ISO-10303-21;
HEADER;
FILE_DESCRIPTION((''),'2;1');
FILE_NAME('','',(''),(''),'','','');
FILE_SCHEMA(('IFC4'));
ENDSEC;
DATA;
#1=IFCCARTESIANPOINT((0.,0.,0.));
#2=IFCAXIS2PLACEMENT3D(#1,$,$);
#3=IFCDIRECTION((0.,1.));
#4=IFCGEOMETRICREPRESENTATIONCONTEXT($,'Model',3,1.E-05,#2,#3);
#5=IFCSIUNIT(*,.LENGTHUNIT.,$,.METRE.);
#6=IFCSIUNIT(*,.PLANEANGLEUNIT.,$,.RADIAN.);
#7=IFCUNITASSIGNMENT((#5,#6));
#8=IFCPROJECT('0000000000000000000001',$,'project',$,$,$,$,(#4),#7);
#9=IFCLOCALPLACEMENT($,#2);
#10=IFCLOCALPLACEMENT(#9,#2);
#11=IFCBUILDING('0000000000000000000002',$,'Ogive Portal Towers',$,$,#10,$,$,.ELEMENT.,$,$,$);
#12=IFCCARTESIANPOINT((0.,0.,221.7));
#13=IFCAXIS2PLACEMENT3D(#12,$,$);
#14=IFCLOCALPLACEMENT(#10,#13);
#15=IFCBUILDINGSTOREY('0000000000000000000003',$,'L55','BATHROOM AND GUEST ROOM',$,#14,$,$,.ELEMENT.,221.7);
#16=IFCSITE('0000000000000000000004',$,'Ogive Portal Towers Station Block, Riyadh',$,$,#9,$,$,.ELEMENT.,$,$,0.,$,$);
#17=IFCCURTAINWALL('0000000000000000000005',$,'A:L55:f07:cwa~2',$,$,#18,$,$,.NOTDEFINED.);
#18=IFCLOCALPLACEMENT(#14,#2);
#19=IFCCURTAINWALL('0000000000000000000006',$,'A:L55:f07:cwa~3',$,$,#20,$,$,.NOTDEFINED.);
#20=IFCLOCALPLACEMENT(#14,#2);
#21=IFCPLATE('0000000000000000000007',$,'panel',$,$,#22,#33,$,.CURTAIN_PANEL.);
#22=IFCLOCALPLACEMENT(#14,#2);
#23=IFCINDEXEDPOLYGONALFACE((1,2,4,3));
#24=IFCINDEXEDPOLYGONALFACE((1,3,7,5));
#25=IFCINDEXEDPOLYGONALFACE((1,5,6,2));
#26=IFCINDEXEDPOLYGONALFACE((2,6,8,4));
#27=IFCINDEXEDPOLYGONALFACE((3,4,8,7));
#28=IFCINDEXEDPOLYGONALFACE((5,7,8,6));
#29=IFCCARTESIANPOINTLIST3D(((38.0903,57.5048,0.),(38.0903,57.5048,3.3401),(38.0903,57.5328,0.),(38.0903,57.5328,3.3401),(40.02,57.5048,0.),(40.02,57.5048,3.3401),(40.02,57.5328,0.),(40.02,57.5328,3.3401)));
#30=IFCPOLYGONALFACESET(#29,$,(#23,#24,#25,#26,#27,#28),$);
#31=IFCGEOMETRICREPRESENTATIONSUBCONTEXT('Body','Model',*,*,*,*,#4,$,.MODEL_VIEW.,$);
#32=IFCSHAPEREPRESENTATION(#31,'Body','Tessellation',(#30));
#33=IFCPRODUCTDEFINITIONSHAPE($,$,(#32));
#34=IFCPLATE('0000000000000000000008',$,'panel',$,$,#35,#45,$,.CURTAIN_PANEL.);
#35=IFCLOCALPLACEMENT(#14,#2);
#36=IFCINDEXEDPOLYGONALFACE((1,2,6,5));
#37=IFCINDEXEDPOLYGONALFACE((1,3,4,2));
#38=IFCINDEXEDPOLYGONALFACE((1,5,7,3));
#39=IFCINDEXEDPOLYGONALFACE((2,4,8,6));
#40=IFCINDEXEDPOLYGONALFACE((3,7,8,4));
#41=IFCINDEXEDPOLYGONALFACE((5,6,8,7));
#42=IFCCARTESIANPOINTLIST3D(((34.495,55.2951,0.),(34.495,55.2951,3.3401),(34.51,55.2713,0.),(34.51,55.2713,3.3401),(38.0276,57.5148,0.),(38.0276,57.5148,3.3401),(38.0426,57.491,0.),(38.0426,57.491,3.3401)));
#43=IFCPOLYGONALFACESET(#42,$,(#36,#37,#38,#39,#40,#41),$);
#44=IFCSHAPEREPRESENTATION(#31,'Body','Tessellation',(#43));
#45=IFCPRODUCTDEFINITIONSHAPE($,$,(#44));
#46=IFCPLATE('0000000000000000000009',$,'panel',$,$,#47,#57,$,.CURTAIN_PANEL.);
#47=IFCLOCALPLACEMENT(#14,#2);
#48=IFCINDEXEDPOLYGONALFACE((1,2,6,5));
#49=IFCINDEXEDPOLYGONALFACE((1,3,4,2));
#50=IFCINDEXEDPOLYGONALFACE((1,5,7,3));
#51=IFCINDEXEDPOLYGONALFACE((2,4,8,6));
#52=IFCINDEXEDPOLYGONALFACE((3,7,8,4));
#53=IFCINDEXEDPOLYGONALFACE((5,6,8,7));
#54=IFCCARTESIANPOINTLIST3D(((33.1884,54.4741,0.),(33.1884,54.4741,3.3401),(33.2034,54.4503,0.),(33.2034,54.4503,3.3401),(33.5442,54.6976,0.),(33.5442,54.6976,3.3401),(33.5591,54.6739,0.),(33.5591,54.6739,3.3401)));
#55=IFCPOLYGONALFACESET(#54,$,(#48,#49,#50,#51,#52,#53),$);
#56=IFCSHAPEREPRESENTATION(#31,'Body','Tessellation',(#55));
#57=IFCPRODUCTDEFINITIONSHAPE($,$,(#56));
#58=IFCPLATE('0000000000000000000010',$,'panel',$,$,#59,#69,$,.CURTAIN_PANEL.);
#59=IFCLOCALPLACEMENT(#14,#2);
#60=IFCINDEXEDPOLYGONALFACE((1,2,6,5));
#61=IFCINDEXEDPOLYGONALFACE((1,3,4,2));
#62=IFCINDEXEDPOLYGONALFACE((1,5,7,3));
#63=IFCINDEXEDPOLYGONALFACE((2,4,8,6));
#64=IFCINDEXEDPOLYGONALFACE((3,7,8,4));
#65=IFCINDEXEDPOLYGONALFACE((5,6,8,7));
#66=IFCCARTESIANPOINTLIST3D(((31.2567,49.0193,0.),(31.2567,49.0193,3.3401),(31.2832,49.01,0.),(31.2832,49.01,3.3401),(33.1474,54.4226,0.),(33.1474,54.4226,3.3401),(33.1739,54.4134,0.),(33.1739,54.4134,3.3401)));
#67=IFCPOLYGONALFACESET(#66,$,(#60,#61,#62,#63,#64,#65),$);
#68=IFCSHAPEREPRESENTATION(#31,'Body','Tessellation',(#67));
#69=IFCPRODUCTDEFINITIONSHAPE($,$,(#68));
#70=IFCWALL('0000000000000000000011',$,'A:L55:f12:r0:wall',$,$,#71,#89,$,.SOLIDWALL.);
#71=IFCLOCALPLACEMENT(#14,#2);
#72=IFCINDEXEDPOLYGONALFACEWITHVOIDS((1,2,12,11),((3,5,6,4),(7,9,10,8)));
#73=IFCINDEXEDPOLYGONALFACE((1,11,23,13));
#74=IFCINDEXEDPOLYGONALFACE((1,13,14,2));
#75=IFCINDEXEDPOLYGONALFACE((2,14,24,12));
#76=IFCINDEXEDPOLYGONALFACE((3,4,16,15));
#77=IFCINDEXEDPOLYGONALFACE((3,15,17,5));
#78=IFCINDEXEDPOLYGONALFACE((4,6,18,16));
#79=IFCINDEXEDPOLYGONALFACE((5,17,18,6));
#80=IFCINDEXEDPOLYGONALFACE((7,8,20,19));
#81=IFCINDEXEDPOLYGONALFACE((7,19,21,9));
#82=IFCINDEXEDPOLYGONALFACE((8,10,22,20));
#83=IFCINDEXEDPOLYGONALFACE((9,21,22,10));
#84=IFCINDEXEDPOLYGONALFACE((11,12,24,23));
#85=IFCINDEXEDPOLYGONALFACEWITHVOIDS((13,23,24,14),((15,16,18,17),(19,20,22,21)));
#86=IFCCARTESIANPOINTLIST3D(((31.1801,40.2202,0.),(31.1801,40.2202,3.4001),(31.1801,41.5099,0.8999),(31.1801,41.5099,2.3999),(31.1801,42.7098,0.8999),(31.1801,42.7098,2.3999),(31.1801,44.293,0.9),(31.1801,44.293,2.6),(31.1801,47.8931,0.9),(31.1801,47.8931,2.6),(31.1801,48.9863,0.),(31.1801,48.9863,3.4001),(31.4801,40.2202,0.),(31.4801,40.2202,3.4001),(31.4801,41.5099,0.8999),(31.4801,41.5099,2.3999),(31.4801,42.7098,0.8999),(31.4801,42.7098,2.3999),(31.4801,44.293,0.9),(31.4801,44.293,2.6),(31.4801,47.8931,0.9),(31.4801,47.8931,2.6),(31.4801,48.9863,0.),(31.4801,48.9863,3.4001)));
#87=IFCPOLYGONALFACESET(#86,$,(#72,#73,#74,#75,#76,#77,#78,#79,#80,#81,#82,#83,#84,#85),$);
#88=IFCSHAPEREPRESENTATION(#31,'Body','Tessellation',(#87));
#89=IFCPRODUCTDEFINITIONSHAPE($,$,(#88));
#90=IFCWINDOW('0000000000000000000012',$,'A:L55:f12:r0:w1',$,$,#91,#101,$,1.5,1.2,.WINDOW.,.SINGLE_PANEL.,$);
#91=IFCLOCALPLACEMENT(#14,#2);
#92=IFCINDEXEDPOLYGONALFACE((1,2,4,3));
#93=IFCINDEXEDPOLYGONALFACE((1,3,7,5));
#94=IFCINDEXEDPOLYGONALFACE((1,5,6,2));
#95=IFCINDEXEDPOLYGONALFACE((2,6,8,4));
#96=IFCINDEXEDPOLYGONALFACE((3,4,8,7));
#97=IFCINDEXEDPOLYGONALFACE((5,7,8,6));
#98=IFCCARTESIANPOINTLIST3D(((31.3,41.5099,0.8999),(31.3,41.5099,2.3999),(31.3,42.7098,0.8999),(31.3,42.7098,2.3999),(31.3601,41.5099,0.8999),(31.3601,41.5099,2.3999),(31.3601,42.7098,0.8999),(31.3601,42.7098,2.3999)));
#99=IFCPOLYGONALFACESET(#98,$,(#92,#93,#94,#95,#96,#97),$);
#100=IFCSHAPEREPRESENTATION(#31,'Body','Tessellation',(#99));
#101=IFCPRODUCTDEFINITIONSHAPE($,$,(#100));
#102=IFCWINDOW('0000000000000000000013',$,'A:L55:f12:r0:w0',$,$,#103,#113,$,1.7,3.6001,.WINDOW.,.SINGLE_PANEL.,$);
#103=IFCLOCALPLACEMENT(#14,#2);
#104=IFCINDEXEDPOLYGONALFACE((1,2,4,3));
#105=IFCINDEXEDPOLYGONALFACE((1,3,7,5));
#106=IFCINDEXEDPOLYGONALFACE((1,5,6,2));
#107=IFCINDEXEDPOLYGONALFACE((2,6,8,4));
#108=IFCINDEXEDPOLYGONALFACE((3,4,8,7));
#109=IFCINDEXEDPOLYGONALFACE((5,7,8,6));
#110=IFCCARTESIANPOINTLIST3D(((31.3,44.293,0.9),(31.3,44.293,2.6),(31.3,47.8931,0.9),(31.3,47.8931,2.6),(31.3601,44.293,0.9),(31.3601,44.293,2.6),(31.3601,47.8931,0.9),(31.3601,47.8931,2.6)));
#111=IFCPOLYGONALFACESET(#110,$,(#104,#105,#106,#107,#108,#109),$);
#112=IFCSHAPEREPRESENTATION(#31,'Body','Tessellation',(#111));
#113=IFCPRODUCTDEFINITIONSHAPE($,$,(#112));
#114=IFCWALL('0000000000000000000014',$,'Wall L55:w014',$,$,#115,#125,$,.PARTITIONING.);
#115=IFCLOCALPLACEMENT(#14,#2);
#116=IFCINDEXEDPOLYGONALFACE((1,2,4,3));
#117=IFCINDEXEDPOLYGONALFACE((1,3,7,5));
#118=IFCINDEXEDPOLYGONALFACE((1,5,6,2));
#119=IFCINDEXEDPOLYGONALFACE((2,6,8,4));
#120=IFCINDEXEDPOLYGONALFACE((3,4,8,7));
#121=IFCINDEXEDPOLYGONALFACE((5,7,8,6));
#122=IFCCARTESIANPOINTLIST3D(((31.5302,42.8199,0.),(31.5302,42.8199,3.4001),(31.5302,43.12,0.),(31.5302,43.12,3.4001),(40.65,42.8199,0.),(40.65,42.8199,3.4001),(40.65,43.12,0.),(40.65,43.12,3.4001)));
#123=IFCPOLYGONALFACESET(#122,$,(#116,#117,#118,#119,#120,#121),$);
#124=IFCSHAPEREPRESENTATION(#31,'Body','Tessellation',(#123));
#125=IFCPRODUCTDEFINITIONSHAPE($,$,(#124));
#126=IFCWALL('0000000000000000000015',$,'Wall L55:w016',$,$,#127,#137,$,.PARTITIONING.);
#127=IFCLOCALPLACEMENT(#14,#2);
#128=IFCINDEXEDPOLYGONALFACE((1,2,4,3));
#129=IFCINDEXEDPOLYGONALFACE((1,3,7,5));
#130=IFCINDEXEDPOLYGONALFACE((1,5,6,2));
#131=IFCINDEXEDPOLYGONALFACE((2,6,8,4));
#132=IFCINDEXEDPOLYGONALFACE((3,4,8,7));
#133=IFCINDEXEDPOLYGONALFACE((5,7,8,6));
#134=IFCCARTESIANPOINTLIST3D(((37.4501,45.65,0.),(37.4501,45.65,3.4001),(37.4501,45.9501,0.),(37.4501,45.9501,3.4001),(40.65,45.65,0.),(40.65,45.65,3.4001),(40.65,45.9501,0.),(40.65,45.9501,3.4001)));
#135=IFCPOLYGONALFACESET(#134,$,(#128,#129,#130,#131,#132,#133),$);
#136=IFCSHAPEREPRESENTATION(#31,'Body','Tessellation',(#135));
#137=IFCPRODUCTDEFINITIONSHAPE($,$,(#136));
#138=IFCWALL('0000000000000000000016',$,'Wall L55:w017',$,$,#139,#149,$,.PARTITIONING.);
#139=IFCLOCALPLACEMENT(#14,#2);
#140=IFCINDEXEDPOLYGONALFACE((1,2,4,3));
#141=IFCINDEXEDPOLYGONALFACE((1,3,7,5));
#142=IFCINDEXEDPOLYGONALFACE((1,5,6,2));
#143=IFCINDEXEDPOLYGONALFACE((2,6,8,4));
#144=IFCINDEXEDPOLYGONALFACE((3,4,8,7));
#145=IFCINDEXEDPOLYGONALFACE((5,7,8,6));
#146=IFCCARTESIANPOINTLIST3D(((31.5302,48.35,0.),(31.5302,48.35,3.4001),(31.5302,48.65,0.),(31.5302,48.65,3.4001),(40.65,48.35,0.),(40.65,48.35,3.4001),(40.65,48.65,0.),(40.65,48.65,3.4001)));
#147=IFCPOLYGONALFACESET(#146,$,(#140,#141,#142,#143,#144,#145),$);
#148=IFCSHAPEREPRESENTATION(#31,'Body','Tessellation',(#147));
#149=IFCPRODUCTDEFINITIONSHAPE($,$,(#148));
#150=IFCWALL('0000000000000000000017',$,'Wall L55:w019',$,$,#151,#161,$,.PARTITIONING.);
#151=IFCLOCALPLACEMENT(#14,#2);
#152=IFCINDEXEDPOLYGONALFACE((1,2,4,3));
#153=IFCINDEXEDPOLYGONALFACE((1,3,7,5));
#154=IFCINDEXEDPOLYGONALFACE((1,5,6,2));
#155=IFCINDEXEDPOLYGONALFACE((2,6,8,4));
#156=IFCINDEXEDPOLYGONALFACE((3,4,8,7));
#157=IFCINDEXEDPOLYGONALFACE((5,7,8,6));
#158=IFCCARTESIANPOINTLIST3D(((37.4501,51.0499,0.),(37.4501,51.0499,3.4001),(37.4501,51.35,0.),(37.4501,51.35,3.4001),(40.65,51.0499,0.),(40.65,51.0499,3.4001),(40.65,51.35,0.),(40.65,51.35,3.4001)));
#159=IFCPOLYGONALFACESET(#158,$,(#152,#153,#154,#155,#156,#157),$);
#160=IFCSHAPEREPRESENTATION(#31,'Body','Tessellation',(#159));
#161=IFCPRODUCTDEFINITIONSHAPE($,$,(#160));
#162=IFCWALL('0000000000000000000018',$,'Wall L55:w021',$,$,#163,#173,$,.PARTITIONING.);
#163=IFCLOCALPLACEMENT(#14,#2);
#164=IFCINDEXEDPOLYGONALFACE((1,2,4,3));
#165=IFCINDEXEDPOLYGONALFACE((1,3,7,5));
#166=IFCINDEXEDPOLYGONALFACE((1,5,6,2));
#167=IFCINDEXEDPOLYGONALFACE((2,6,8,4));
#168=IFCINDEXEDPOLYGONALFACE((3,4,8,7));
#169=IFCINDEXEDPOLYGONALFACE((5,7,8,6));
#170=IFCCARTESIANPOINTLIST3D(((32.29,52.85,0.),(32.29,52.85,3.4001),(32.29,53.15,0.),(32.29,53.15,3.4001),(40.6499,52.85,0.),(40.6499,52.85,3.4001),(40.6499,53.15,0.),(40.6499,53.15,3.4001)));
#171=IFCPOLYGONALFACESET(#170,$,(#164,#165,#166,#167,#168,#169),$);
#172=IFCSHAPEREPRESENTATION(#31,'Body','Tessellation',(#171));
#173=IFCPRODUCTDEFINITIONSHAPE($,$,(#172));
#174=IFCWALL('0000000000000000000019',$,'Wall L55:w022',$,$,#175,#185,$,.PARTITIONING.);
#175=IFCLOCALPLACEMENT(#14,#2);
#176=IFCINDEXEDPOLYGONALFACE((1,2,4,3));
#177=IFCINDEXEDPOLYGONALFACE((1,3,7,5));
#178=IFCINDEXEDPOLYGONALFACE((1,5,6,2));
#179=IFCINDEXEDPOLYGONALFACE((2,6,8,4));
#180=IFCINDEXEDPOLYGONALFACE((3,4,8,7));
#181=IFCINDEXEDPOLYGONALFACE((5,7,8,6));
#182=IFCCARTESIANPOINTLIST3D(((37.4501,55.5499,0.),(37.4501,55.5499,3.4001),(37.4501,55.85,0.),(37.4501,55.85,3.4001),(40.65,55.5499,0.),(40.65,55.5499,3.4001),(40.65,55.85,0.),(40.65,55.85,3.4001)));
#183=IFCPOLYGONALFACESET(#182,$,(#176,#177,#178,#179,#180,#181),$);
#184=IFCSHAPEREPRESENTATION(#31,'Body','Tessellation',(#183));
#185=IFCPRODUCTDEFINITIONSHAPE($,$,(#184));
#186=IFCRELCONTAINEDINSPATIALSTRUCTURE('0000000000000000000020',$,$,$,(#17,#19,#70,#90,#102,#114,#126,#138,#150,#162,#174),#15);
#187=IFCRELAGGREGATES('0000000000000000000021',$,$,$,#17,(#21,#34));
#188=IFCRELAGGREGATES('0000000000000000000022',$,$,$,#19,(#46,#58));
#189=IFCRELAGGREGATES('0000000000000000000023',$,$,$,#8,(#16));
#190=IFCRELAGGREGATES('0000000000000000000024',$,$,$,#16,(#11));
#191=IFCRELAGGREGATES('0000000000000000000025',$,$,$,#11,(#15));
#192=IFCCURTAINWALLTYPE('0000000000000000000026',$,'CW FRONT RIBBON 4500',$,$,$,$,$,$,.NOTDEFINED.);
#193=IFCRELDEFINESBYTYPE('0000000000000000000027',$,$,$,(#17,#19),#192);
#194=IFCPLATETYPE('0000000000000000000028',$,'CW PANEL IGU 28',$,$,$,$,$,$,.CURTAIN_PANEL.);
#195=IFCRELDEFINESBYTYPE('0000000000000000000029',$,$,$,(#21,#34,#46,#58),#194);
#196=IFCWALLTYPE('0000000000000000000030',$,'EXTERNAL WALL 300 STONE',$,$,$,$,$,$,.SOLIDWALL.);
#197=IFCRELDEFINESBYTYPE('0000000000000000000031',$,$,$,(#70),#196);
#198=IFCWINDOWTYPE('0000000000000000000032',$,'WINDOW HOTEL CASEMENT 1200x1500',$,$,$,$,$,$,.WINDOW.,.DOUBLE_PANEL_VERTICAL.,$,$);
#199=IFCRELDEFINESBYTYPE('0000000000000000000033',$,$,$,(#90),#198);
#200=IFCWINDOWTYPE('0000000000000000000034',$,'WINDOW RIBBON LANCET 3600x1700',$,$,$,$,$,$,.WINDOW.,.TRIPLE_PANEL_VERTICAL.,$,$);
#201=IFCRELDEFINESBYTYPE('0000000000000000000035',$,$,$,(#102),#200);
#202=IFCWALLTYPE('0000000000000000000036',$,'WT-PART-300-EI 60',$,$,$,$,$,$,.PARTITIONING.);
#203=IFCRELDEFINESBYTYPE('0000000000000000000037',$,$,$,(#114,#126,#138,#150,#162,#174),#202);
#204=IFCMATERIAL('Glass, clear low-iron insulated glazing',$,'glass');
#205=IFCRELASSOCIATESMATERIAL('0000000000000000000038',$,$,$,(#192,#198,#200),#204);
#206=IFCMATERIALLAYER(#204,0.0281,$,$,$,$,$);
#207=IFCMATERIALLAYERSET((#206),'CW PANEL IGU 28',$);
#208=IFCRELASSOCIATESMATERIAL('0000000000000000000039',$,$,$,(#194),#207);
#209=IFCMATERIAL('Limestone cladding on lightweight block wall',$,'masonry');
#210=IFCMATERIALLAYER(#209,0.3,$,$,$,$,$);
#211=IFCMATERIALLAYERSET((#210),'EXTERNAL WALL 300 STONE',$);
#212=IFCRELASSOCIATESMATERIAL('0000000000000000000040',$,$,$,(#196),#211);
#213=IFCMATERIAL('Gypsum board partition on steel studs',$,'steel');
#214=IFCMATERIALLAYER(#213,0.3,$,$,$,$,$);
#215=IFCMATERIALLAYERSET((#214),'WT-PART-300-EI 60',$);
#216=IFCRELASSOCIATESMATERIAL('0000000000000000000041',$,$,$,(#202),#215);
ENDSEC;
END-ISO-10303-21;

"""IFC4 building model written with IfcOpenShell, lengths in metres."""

from ifc_helpers import new_model, si_unit, direction, frame, frame_2d, origin, origin_2d, place, context, subcontext, project, spatial, rectangle, extrude, material, layer, layer_set, type_object, element, fill, aggregate, save


model = new_model("IFC4")

# Units and contexts
model_context = context("Model", 3, precision=1e-05, world=origin(), true_north=direction((0.0, 1.0)))
body_context = subcontext(model_context, "Body", "Model", "MODEL_VIEW")
ifc_project = project(units=[si_unit("LENGTHUNIT", "METRE"), si_unit("PLANEANGLEUNIT", "RADIAN")], contexts=[model_context])

# Site, building, storey
site_placement = place(None, origin())
site = spatial("IfcSite", under=ifc_project, at=site_placement, Name="Ogive Portal Towers Station Block, Riyadh", CompositionType="ELEMENT", RefElevation=0.0)
building_placement = place(site_placement, origin())
building = spatial("IfcBuilding", under=site, at=building_placement, Name="Ogive Portal Towers", CompositionType="ELEMENT")
storey_placement = place(building_placement, frame((0.0, 0.0, 221.7)))
storey = spatial("IfcBuildingStorey", under=building, at=storey_placement, Name="L55", Description="BATHROOM AND GUEST ROOM", CompositionType="ELEMENT", Elevation=221.7)

# Curtain walls
ifc_material_1 = material(Name="Glass, clear low-iron insulated glazing", Category="glass")
curtain_wall_type = type_object("IfcCurtainWallType", Name="CW FRONT RIBBON 4500", PredefinedType="NOTDEFINED", material=ifc_material_1)
curtain_wall_1_placement = place(storey_placement, origin())
curtain_wall_1 = element("IfcCurtainWall", 1, at=curtain_wall_1_placement, inside=storey, type_object=curtain_wall_type, Name="A:L55:f07:cwa~2", PredefinedType="NOTDEFINED")
curtain_wall_2_placement = place(storey_placement, origin())
curtain_wall_2 = element("IfcCurtainWall", 2, at=curtain_wall_2_placement, inside=storey, type_object=curtain_wall_type, Name="A:L55:f07:cwa~3", PredefinedType="NOTDEFINED")

# Plates
ifc_layer_1 = layer(ifc_material_1, 0.0281)
ifc_layer_set_1 = layer_set([ifc_layer_1], Name="CW PANEL IGU 28")
plate_type = type_object("IfcPlateType", Name="CW PANEL IGU 28", PredefinedType="CURTAIN_PANEL", material=ifc_layer_set_1)
plate_1_placement = place(storey_placement, frame((39.0552, 57.5188, 0.0), z_axis=(0.0, 0.0, 1.0), x_axis=(-1.0, 0.0, 0.0)))
plate_1 = element("IfcPlate", 3, at=plate_1_placement, type_object=plate_type, Name="panel", PredefinedType="CURTAIN_PANEL", context=body_context, shape_type="SweptSolid", body=[
    extrude(rectangle(XDim=1.9297, YDim=0.0281, at=origin_2d()), origin(), (0.0, 0.0, 1.0), 3.3401),
])
plate_2_placement = place(storey_placement, frame((36.2688, 56.3931, 0.0), z_axis=(0.0, 0.0, 1.0), x_axis=(-0.846724, -0.532032, 0.0)))
plate_2 = element("IfcPlate", 4, at=plate_2_placement, type_object=plate_type, Name="panel", PredefinedType="CURTAIN_PANEL", context=body_context, shape_type="SweptSolid", body=[
    extrude(rectangle(XDim=4.1721, YDim=0.0281, at=origin_2d()), origin(), (0.0, 0.0, 1.0), 3.3401),
])
aggregate(curtain_wall_1, [plate_1, plate_2])
plate_3_placement = place(storey_placement, frame((33.3738, 54.574, 0.0), z_axis=(0.0, 0.0, 1.0), x_axis=(-0.846724, -0.532032, 0.0)))
plate_3 = element("IfcPlate", 5, at=plate_3_placement, type_object=plate_type, Name="panel", PredefinedType="CURTAIN_PANEL", context=body_context, shape_type="SweptSolid", body=[
    extrude(rectangle(XDim=0.4202, YDim=0.0281, at=origin_2d()), origin(), (0.0, 0.0, 1.0), 3.3401),
])
plate_4_placement = place(storey_placement, frame((32.2153, 51.7163, 0.0), z_axis=(0.0, 0.0, 1.0), x_axis=(-0.330279, -0.943883, 0.0)))
plate_4 = element("IfcPlate", 6, at=plate_4_placement, type_object=plate_type, Name="panel", PredefinedType="CURTAIN_PANEL", context=body_context, shape_type="SweptSolid", body=[
    extrude(rectangle(XDim=5.7246, YDim=0.0281, at=origin_2d()), origin(), (0.0, 0.0, 1.0), 3.3401),
])
aggregate(curtain_wall_2, [plate_3, plate_4])

# Wall, openings, windows
ifc_material_2 = material(Name="Limestone cladding on lightweight block wall", Category="masonry")
ifc_layer_2 = layer(ifc_material_2, 0.3)
ifc_layer_set_2 = layer_set([ifc_layer_2], Name="EXTERNAL WALL 300 STONE")
wall_type_1 = type_object("IfcWallType", Name="EXTERNAL WALL 300 STONE", PredefinedType="SOLIDWALL", material=ifc_layer_set_2)
wall_1_placement = place(storey_placement, frame((31.3301, 48.9863, 0.0), z_axis=(0.0, 0.0, 1.0), x_axis=(0.0, -1.0, 0.0)))
wall_1 = element("IfcWall", 7, at=wall_1_placement, inside=storey, type_object=wall_type_1, Name="A:L55:f12:r0:wall", PredefinedType="SOLIDWALL", context=body_context, shape_type="SweptSolid", body=[
    extrude(rectangle(XDim=8.7661, YDim=0.3, at=frame_2d((4.3831, 0.0))), origin(), (0.0, 0.0, 1.0), 3.4001),
])
opening_1_placement = place(wall_1_placement, frame((1.0933, 0.0, 0.8999)))
opening_1 = element("IfcOpeningElement", 8, at=opening_1_placement, cuts=wall_1, PredefinedType="OPENING", context=body_context, shape_type="SweptSolid", body=[
    extrude(rectangle(XDim=3.6001, YDim=1.7, at=frame_2d((1.8, 0.8501))), frame((0.0, 0.1602, 0.0), z_axis=(0.0, -1.0, 0.0), x_axis=(1.0, 0.0, 0.0)), (0.0, 0.0, 1.0), 0.3201),
])
opening_2_placement = place(wall_1_placement, frame((6.2764, 0.0, 0.8999)))
opening_2 = element("IfcOpeningElement", 9, at=opening_2_placement, cuts=wall_1, PredefinedType="OPENING", context=body_context, shape_type="SweptSolid", body=[
    extrude(rectangle(XDim=1.2, YDim=1.5, at=frame_2d((0.6001, 0.75))), frame((0.0, 0.1602, 0.0), z_axis=(0.0, -1.0, 0.0), x_axis=(1.0, 0.0, 0.0)), (0.0, 0.0, 1.0), 0.3201),
])
window_type_1 = type_object("IfcWindowType", Name="WINDOW HOTEL CASEMENT 1200x1500", PartitioningType="DOUBLE_PANEL_VERTICAL", PredefinedType="WINDOW", material=ifc_material_1)
window_1_placement = place(opening_2_placement, origin())
window_1 = element("IfcWindow", 10, at=window_1_placement, inside=storey, type_object=window_type_1, Name="A:L55:f12:r0:w1", OverallHeight=1.5, OverallWidth=1.2, PartitioningType="SINGLE_PANEL", PredefinedType="WINDOW", context=body_context, shape_type="SweptSolid", body=[
    extrude(rectangle(XDim=1.2, YDim=1.5, at=frame_2d((0.6001, 0.75))), frame((0.0, 0.03, 0.0), z_axis=(0.0, -1.0, 0.0), x_axis=(1.0, 0.0, 0.0)), (0.0, 0.0, 1.0), 0.0601),
])
fill(opening_2, window_1)
window_type_2 = type_object("IfcWindowType", Name="WINDOW RIBBON LANCET 3600x1700", PartitioningType="TRIPLE_PANEL_VERTICAL", PredefinedType="WINDOW", material=ifc_material_1)
window_2_placement = place(opening_1_placement, origin())
window_2 = element("IfcWindow", 11, at=window_2_placement, inside=storey, type_object=window_type_2, Name="A:L55:f12:r0:w0", OverallHeight=1.7, OverallWidth=3.6001, PartitioningType="SINGLE_PANEL", PredefinedType="WINDOW", context=body_context, shape_type="SweptSolid", body=[
    extrude(rectangle(XDim=3.6001, YDim=1.7, at=frame_2d((1.8, 0.8501))), frame((0.0, 0.03, 0.0), z_axis=(0.0, -1.0, 0.0), x_axis=(1.0, 0.0, 0.0)), (0.0, 0.0, 1.0), 0.0601),
])
fill(opening_1, window_2)

# Walls
ifc_material_3 = material(Name="Gypsum board partition on steel studs", Category="steel")
ifc_layer_3 = layer(ifc_material_3, 0.3)
ifc_layer_set_3 = layer_set([ifc_layer_3], Name="WT-PART-300-EI 60")
wall_type_2 = type_object("IfcWallType", Name="WT-PART-300-EI 60", PredefinedType="PARTITIONING", material=ifc_layer_set_3)
wall_2_placement = place(storey_placement, frame((31.53, 42.97, 0.0), z_axis=(0.0, 0.0, 1.0), x_axis=(1.0, 0.0, 0.0)))
element("IfcWall", 12, at=wall_2_placement, inside=storey, type_object=wall_type_2, Name="Wall L55:w014", PredefinedType="PARTITIONING", context=body_context, shape_type="SweptSolid", body=[
    extrude(rectangle(XDim=9.1199, YDim=0.3, at=frame_2d((4.5601, 0.0))), origin(), (0.0, 0.0, 1.0), 3.4001),
])
wall_3_placement = place(storey_placement, frame((37.45, 45.8, 0.0), z_axis=(0.0, 0.0, 1.0), x_axis=(1.0, 0.0, 0.0)))
element("IfcWall", 13, at=wall_3_placement, inside=storey, type_object=wall_type_2, Name="Wall L55:w016", PredefinedType="PARTITIONING", context=body_context, shape_type="SweptSolid", body=[
    extrude(rectangle(XDim=3.2, YDim=0.3, at=frame_2d((1.6001, 0.0))), origin(), (0.0, 0.0, 1.0), 3.4001),
])
wall_4_placement = place(storey_placement, frame((31.53, 48.5, 0.0), z_axis=(0.0, 0.0, 1.0), x_axis=(1.0, 0.0, 0.0)))
element("IfcWall", 14, at=wall_4_placement, inside=storey, type_object=wall_type_2, Name="Wall L55:w017", PredefinedType="PARTITIONING", context=body_context, shape_type="SweptSolid", body=[
    extrude(rectangle(XDim=9.1199, YDim=0.3, at=frame_2d((4.5601, 0.0))), origin(), (0.0, 0.0, 1.0), 3.4001),
])
wall_5_placement = place(storey_placement, frame((37.45, 51.2, 0.0), z_axis=(0.0, 0.0, 1.0), x_axis=(1.0, 0.0, 0.0)))
element("IfcWall", 15, at=wall_5_placement, inside=storey, type_object=wall_type_2, Name="Wall L55:w019", PredefinedType="PARTITIONING", context=body_context, shape_type="SweptSolid", body=[
    extrude(rectangle(XDim=3.2, YDim=0.3, at=frame_2d((1.6001, 0.0))), origin(), (0.0, 0.0, 1.0), 3.4001),
])
wall_6_placement = place(storey_placement, frame((32.29, 53.0, 0.0), z_axis=(0.0, 0.0, 1.0), x_axis=(1.0, 0.0, 0.0)))
element("IfcWall", 16, at=wall_6_placement, inside=storey, type_object=wall_type_2, Name="Wall L55:w021", PredefinedType="PARTITIONING", context=body_context, shape_type="SweptSolid", body=[
    extrude(rectangle(XDim=8.3599, YDim=0.3, at=frame_2d((4.1799, 0.0))), origin(), (0.0, 0.0, 1.0), 3.4001),
])
wall_7_placement = place(storey_placement, frame((37.45, 55.7, 0.0), z_axis=(0.0, 0.0, 1.0), x_axis=(1.0, 0.0, 0.0)))
element("IfcWall", 17, at=wall_7_placement, inside=storey, type_object=wall_type_2, Name="Wall L55:w022", PredefinedType="PARTITIONING", context=body_context, shape_type="SweptSolid", body=[
    extrude(rectangle(XDim=3.2, YDim=0.3, at=frame_2d((1.6001, 0.0))), origin(), (0.0, 0.0, 1.0), 3.4001),
])

save(model, "model.ifc")
